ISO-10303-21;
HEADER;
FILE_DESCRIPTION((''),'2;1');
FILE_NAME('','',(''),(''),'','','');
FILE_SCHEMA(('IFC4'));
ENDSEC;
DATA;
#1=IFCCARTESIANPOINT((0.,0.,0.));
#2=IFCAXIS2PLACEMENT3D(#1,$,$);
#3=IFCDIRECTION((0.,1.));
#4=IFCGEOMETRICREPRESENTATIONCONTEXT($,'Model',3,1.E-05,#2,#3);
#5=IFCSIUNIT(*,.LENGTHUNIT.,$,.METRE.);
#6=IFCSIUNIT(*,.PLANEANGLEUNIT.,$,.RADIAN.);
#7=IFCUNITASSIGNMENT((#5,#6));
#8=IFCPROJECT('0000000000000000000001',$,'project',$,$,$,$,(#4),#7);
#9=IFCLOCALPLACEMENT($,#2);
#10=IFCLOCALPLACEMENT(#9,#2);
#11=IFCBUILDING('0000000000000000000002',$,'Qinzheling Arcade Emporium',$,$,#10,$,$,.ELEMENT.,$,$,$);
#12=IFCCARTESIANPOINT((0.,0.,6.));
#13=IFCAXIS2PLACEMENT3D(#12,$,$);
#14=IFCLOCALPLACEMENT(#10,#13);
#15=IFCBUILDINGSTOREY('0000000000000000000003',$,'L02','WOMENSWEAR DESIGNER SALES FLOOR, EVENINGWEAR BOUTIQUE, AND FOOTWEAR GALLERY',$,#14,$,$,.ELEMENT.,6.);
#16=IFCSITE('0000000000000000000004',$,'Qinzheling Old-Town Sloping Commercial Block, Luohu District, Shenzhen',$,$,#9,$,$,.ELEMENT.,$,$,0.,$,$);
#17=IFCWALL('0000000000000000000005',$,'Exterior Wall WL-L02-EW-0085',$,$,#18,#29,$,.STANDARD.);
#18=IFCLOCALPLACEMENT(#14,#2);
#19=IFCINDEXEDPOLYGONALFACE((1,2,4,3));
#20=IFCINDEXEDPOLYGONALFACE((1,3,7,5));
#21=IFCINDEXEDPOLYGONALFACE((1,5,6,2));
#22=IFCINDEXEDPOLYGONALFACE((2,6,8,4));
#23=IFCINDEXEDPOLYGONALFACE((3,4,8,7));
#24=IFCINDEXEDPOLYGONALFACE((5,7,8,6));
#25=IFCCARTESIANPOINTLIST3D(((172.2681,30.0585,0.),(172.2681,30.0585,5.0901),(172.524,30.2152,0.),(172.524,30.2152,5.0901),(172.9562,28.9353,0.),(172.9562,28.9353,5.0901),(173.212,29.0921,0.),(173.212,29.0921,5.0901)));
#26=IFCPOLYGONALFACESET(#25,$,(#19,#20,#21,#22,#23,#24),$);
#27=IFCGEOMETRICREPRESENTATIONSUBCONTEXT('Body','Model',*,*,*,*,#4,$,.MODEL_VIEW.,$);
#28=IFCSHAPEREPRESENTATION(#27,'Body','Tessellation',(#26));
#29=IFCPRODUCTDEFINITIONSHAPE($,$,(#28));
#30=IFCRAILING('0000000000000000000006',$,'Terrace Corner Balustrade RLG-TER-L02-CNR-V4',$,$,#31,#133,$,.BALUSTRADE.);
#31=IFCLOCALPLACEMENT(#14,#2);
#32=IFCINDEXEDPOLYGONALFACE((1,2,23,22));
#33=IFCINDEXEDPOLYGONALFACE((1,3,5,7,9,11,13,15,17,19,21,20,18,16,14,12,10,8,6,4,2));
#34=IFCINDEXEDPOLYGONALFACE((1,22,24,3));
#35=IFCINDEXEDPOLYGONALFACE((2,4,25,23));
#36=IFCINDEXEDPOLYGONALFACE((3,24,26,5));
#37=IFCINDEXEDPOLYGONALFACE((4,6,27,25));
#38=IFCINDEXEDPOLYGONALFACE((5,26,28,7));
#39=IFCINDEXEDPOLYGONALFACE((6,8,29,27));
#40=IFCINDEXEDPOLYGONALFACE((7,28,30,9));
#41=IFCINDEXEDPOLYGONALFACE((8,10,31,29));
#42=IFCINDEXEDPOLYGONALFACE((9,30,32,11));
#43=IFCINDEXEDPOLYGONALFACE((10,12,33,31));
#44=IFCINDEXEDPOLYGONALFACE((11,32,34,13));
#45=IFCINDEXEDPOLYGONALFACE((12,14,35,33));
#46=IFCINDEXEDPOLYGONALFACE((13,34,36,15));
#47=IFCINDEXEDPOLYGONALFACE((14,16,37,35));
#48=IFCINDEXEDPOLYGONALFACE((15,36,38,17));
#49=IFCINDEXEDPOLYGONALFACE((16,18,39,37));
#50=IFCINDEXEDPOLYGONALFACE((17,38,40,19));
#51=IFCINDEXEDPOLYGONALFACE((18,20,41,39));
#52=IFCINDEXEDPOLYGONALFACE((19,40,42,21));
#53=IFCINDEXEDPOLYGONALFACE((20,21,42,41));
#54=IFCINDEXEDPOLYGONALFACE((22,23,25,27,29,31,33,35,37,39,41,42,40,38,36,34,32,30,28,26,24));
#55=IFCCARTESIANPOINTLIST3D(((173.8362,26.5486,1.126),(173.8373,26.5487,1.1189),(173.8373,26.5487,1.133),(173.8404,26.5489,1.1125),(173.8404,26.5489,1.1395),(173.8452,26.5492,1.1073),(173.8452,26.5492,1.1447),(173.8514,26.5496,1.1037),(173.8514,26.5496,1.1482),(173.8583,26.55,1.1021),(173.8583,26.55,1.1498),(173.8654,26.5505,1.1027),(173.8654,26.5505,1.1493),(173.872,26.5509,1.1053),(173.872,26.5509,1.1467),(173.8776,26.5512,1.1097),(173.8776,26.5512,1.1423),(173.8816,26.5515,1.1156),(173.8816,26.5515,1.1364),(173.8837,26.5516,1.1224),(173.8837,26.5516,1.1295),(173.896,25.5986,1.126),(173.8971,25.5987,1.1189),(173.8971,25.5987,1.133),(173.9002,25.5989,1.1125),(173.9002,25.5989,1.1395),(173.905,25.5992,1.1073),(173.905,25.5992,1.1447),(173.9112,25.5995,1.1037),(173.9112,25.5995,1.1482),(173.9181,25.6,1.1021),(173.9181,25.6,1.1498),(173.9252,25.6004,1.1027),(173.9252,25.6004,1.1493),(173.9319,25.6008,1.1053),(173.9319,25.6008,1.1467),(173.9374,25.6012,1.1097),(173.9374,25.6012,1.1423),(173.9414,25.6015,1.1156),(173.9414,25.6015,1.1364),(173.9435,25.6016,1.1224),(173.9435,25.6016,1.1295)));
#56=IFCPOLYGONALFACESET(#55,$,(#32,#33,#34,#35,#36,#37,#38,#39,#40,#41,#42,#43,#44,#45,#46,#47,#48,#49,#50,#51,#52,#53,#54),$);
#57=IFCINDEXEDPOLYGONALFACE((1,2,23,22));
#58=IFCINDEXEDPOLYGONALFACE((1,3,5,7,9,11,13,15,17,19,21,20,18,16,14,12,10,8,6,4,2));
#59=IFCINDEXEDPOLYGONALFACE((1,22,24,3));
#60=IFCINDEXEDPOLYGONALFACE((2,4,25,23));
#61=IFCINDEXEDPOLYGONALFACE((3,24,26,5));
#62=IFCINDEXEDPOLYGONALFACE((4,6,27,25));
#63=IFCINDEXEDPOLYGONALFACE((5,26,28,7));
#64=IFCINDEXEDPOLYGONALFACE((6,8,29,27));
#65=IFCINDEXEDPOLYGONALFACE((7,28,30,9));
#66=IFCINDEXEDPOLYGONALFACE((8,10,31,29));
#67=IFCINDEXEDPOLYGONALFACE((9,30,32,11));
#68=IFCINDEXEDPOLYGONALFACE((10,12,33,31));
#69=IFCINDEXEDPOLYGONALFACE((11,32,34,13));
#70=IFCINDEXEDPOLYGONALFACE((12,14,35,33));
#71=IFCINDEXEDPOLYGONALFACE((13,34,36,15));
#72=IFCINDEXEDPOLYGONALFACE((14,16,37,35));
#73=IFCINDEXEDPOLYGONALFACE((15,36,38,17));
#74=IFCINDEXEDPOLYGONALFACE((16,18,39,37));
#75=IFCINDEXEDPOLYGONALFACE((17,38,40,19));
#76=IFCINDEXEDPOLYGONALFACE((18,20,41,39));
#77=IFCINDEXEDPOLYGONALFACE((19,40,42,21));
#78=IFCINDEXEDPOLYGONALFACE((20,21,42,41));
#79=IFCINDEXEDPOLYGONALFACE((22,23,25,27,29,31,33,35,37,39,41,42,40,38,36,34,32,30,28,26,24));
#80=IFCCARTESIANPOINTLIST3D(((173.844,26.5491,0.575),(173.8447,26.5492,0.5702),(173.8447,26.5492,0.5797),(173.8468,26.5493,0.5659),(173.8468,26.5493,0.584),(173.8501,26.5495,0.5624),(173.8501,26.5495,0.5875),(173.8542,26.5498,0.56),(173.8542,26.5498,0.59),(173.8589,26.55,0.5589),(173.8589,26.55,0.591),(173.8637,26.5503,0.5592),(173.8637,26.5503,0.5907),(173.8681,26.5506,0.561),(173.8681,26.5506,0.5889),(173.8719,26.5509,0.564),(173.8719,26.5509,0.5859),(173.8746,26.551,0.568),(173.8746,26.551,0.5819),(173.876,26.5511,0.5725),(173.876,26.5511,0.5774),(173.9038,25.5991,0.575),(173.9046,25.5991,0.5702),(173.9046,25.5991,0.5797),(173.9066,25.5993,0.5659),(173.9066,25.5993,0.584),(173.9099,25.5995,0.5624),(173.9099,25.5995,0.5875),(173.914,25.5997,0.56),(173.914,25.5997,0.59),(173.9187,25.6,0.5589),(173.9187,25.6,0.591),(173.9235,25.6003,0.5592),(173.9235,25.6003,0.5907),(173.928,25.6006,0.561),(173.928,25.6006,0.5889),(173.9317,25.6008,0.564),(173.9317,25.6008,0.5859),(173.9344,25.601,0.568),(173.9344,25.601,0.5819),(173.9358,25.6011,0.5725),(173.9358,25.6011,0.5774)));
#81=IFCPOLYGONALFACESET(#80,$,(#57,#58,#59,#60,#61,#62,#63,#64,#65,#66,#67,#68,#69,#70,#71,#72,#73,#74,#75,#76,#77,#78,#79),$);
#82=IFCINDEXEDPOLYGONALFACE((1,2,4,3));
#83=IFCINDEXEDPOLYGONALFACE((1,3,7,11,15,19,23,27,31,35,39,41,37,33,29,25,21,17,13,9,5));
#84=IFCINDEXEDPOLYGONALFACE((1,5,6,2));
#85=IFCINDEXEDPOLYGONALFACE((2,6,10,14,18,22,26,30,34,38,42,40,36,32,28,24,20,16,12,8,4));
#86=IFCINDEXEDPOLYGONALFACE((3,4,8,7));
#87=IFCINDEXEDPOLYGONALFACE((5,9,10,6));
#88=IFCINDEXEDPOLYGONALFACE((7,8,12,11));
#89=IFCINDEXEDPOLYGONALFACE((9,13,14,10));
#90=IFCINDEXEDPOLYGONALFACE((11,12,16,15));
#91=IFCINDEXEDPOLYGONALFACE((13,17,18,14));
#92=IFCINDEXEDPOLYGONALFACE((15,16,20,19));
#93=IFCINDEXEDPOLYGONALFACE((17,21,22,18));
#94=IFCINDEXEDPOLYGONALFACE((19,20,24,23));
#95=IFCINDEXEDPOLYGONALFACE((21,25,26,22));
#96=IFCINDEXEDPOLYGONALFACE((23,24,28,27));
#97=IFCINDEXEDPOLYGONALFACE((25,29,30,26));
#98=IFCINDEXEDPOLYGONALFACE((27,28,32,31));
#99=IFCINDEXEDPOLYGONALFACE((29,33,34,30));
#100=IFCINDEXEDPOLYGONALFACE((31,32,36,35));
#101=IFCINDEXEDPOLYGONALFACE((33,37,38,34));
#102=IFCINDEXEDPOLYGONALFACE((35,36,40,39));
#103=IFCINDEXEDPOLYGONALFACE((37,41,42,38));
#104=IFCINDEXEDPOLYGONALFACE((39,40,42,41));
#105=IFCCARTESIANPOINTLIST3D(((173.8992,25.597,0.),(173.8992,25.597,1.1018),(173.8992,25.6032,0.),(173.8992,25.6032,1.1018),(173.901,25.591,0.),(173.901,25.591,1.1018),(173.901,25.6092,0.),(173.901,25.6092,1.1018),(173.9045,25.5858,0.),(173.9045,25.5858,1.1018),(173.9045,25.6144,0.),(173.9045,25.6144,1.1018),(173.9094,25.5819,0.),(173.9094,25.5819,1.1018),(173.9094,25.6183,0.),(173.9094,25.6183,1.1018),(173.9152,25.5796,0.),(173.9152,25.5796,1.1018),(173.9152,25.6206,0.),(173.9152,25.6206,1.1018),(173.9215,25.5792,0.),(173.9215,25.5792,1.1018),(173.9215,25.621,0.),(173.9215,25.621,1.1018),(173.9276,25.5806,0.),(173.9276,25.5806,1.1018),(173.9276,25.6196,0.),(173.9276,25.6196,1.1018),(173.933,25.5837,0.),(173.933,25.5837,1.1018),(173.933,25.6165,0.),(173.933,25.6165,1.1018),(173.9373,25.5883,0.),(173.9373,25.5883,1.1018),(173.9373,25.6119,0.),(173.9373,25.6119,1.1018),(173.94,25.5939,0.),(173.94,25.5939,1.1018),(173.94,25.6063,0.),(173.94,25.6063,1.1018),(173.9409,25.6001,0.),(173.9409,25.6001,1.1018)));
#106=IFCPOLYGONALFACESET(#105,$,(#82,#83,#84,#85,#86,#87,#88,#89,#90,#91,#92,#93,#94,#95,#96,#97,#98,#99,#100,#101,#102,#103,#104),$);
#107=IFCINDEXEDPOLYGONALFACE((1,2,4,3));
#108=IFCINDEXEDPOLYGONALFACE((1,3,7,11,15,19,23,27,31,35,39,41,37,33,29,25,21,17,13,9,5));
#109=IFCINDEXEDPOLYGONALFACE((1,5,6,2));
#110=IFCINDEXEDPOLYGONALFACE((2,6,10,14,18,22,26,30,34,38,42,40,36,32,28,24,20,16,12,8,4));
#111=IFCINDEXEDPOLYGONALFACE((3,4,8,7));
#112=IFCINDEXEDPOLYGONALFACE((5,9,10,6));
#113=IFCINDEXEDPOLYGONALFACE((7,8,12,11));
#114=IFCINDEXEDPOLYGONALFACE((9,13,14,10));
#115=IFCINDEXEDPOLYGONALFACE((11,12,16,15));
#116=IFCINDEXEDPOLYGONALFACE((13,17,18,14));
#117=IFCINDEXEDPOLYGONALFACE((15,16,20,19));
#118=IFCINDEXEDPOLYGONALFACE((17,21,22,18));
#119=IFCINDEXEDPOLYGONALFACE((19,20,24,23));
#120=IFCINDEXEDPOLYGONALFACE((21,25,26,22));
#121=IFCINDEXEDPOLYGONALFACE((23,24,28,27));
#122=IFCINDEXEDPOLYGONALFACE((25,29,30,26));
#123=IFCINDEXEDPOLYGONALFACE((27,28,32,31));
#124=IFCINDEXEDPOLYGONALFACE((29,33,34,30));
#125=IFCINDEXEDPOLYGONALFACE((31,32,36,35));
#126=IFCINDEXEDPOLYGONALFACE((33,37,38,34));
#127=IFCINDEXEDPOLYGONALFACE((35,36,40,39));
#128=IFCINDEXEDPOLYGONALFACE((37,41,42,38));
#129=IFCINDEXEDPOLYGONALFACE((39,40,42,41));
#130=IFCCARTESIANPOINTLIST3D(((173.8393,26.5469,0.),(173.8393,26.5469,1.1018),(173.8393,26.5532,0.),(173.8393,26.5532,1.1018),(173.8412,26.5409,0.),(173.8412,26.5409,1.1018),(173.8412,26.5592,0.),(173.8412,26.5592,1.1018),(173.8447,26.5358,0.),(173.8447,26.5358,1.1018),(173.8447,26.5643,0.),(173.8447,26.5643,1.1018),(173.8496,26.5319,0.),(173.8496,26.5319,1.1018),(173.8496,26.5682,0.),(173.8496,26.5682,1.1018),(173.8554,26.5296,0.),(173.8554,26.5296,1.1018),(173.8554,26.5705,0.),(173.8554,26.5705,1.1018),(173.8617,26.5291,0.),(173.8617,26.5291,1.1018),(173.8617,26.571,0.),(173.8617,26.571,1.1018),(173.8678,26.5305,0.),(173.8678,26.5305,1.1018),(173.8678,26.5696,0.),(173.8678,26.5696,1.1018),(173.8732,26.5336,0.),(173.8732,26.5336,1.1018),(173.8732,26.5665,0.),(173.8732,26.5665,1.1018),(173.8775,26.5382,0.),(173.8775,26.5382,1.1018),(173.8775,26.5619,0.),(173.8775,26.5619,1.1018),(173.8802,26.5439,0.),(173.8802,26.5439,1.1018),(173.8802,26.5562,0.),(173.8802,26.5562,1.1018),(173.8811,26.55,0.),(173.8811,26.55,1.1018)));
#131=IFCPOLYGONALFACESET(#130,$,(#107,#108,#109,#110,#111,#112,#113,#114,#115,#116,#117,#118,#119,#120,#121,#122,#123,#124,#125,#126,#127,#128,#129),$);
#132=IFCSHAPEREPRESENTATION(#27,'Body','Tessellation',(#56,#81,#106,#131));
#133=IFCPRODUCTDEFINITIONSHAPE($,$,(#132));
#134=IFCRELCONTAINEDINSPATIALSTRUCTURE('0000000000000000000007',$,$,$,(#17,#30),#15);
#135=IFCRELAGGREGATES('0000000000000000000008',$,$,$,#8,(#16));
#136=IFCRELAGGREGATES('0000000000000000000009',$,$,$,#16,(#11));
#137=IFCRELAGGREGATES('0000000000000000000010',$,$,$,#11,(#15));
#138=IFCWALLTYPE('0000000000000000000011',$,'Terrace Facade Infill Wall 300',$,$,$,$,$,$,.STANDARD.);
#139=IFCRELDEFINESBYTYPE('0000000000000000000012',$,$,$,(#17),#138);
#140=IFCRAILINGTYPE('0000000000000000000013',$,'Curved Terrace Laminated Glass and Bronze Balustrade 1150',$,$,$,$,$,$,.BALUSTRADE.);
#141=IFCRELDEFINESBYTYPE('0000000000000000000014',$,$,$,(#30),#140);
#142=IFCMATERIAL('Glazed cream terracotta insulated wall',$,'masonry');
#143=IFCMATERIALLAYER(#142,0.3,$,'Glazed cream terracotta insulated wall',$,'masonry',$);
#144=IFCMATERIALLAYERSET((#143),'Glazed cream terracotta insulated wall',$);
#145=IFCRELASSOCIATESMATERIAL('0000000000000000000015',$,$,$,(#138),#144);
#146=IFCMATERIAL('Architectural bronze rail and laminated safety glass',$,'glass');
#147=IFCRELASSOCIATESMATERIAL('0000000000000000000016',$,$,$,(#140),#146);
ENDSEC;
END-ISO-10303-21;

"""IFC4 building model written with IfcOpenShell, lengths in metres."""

from ifc_helpers import new_model, si_unit, direction, frame, frame_2d, origin, origin_2d, place, context, subcontext, project, spatial, rectangle, circle, extrude, material, layer, layer_set, type_object, element, save


model = new_model("IFC4")

# Units and contexts
model_context = context("Model", 3, precision=1e-05, world=origin(), true_north=direction((0.0, 1.0)))
body_context = subcontext(model_context, "Body", "Model", "MODEL_VIEW")
ifc_project = project(units=[si_unit("LENGTHUNIT", "METRE"), si_unit("PLANEANGLEUNIT", "RADIAN")], contexts=[model_context])

# Site, building, storey
site_placement = place(None, origin())
site = spatial("IfcSite", under=ifc_project, at=site_placement, Name="Qinzheling Old-Town Sloping Commercial Block, Luohu District, Shenzhen", CompositionType="ELEMENT", RefElevation=0.0)
building_placement = place(site_placement, origin())
building = spatial("IfcBuilding", under=site, at=building_placement, Name="Qinzheling Arcade Emporium", CompositionType="ELEMENT")
storey_placement = place(building_placement, frame((0.0, 0.0, 6.0)))
storey = spatial("IfcBuildingStorey", under=building, at=storey_placement, Name="L02", Description="WOMENSWEAR DESIGNER SALES FLOOR, EVENINGWEAR BOUTIQUE, AND FOOTWEAR GALLERY", CompositionType="ELEMENT", Elevation=6.0)

# Shared definitions
ifc_material_1 = material(Name="Glazed cream terracotta insulated wall", Category="masonry")

# Wall
ifc_layer_1 = layer(ifc_material_1, 0.3, Name="Glazed cream terracotta insulated wall", Category="masonry")
ifc_layer_set_1 = layer_set([ifc_layer_1], Name="Glazed cream terracotta insulated wall")
wall_type_1 = type_object("IfcWallType", Name="Terrace Facade Infill Wall 300", PredefinedType="STANDARD", material=ifc_layer_set_1)
wall_1_placement = place(storey_placement, frame((172.396, 30.137, 0.0), z_axis=(0.0, 0.0, 1.0), x_axis=(0.522379, -0.852713, 0.0)))
element("IfcWall", 1, at=wall_1_placement, inside=storey, type_object=wall_type_1, Name="Exterior Wall WL-L02-EW-0085", PredefinedType="STANDARD", context=body_context, shape_type="SweptSolid", body=[
    extrude(rectangle(XDim=1.3171, YDim=0.3, at=frame_2d((0.6587, 0.0))), origin(), (0.0, 0.0, 1.0), 5.0901),
])

# Railing
ifc_material_2 = material(Name="Architectural bronze rail and laminated safety glass", Category="glass")
railing_type = type_object("IfcRailingType", Name="Curved Terrace Laminated Glass and Bronze Balustrade 1150", PredefinedType="BALUSTRADE", material=ifc_material_2)
railing_placement = place(storey_placement, frame((173.9199, 25.6001, 0.0)))
element("IfcRailing", 2, at=railing_placement, inside=storey, type_object=railing_type, Name="Terrace Corner Balustrade RLG-TER-L02-CNR-V4", PredefinedType="BALUSTRADE", context=body_context, shape_type="SweptSolid", body=[
    extrude(circle(Radius=0.0239, at=origin_2d()), frame((0.0, 0.0, 1.126), z_axis=(-0.062841, 0.998024, 0.0), x_axis=(-0.998024, -0.062841, 0.0)), (0.0, 0.0, 1.0), 0.9519),
    extrude(circle(Radius=0.0161, at=origin_2d()), frame((0.0, 0.0, 0.575), z_axis=(-0.062841, 0.998024, 0.0), x_axis=(-0.998024, -0.062841, 0.0)), (0.0, 0.0, 1.0), 0.9519),
    extrude(circle(Radius=0.021, at=origin_2d()), origin(), (0.0, 0.0, 1.0), 1.1018),
    extrude(circle(Radius=0.021, at=origin_2d()), frame((-0.0598, 0.95, 0.0)), (0.0, 0.0, 1.0), 1.1018),
])

save(model, "model.ifc")
